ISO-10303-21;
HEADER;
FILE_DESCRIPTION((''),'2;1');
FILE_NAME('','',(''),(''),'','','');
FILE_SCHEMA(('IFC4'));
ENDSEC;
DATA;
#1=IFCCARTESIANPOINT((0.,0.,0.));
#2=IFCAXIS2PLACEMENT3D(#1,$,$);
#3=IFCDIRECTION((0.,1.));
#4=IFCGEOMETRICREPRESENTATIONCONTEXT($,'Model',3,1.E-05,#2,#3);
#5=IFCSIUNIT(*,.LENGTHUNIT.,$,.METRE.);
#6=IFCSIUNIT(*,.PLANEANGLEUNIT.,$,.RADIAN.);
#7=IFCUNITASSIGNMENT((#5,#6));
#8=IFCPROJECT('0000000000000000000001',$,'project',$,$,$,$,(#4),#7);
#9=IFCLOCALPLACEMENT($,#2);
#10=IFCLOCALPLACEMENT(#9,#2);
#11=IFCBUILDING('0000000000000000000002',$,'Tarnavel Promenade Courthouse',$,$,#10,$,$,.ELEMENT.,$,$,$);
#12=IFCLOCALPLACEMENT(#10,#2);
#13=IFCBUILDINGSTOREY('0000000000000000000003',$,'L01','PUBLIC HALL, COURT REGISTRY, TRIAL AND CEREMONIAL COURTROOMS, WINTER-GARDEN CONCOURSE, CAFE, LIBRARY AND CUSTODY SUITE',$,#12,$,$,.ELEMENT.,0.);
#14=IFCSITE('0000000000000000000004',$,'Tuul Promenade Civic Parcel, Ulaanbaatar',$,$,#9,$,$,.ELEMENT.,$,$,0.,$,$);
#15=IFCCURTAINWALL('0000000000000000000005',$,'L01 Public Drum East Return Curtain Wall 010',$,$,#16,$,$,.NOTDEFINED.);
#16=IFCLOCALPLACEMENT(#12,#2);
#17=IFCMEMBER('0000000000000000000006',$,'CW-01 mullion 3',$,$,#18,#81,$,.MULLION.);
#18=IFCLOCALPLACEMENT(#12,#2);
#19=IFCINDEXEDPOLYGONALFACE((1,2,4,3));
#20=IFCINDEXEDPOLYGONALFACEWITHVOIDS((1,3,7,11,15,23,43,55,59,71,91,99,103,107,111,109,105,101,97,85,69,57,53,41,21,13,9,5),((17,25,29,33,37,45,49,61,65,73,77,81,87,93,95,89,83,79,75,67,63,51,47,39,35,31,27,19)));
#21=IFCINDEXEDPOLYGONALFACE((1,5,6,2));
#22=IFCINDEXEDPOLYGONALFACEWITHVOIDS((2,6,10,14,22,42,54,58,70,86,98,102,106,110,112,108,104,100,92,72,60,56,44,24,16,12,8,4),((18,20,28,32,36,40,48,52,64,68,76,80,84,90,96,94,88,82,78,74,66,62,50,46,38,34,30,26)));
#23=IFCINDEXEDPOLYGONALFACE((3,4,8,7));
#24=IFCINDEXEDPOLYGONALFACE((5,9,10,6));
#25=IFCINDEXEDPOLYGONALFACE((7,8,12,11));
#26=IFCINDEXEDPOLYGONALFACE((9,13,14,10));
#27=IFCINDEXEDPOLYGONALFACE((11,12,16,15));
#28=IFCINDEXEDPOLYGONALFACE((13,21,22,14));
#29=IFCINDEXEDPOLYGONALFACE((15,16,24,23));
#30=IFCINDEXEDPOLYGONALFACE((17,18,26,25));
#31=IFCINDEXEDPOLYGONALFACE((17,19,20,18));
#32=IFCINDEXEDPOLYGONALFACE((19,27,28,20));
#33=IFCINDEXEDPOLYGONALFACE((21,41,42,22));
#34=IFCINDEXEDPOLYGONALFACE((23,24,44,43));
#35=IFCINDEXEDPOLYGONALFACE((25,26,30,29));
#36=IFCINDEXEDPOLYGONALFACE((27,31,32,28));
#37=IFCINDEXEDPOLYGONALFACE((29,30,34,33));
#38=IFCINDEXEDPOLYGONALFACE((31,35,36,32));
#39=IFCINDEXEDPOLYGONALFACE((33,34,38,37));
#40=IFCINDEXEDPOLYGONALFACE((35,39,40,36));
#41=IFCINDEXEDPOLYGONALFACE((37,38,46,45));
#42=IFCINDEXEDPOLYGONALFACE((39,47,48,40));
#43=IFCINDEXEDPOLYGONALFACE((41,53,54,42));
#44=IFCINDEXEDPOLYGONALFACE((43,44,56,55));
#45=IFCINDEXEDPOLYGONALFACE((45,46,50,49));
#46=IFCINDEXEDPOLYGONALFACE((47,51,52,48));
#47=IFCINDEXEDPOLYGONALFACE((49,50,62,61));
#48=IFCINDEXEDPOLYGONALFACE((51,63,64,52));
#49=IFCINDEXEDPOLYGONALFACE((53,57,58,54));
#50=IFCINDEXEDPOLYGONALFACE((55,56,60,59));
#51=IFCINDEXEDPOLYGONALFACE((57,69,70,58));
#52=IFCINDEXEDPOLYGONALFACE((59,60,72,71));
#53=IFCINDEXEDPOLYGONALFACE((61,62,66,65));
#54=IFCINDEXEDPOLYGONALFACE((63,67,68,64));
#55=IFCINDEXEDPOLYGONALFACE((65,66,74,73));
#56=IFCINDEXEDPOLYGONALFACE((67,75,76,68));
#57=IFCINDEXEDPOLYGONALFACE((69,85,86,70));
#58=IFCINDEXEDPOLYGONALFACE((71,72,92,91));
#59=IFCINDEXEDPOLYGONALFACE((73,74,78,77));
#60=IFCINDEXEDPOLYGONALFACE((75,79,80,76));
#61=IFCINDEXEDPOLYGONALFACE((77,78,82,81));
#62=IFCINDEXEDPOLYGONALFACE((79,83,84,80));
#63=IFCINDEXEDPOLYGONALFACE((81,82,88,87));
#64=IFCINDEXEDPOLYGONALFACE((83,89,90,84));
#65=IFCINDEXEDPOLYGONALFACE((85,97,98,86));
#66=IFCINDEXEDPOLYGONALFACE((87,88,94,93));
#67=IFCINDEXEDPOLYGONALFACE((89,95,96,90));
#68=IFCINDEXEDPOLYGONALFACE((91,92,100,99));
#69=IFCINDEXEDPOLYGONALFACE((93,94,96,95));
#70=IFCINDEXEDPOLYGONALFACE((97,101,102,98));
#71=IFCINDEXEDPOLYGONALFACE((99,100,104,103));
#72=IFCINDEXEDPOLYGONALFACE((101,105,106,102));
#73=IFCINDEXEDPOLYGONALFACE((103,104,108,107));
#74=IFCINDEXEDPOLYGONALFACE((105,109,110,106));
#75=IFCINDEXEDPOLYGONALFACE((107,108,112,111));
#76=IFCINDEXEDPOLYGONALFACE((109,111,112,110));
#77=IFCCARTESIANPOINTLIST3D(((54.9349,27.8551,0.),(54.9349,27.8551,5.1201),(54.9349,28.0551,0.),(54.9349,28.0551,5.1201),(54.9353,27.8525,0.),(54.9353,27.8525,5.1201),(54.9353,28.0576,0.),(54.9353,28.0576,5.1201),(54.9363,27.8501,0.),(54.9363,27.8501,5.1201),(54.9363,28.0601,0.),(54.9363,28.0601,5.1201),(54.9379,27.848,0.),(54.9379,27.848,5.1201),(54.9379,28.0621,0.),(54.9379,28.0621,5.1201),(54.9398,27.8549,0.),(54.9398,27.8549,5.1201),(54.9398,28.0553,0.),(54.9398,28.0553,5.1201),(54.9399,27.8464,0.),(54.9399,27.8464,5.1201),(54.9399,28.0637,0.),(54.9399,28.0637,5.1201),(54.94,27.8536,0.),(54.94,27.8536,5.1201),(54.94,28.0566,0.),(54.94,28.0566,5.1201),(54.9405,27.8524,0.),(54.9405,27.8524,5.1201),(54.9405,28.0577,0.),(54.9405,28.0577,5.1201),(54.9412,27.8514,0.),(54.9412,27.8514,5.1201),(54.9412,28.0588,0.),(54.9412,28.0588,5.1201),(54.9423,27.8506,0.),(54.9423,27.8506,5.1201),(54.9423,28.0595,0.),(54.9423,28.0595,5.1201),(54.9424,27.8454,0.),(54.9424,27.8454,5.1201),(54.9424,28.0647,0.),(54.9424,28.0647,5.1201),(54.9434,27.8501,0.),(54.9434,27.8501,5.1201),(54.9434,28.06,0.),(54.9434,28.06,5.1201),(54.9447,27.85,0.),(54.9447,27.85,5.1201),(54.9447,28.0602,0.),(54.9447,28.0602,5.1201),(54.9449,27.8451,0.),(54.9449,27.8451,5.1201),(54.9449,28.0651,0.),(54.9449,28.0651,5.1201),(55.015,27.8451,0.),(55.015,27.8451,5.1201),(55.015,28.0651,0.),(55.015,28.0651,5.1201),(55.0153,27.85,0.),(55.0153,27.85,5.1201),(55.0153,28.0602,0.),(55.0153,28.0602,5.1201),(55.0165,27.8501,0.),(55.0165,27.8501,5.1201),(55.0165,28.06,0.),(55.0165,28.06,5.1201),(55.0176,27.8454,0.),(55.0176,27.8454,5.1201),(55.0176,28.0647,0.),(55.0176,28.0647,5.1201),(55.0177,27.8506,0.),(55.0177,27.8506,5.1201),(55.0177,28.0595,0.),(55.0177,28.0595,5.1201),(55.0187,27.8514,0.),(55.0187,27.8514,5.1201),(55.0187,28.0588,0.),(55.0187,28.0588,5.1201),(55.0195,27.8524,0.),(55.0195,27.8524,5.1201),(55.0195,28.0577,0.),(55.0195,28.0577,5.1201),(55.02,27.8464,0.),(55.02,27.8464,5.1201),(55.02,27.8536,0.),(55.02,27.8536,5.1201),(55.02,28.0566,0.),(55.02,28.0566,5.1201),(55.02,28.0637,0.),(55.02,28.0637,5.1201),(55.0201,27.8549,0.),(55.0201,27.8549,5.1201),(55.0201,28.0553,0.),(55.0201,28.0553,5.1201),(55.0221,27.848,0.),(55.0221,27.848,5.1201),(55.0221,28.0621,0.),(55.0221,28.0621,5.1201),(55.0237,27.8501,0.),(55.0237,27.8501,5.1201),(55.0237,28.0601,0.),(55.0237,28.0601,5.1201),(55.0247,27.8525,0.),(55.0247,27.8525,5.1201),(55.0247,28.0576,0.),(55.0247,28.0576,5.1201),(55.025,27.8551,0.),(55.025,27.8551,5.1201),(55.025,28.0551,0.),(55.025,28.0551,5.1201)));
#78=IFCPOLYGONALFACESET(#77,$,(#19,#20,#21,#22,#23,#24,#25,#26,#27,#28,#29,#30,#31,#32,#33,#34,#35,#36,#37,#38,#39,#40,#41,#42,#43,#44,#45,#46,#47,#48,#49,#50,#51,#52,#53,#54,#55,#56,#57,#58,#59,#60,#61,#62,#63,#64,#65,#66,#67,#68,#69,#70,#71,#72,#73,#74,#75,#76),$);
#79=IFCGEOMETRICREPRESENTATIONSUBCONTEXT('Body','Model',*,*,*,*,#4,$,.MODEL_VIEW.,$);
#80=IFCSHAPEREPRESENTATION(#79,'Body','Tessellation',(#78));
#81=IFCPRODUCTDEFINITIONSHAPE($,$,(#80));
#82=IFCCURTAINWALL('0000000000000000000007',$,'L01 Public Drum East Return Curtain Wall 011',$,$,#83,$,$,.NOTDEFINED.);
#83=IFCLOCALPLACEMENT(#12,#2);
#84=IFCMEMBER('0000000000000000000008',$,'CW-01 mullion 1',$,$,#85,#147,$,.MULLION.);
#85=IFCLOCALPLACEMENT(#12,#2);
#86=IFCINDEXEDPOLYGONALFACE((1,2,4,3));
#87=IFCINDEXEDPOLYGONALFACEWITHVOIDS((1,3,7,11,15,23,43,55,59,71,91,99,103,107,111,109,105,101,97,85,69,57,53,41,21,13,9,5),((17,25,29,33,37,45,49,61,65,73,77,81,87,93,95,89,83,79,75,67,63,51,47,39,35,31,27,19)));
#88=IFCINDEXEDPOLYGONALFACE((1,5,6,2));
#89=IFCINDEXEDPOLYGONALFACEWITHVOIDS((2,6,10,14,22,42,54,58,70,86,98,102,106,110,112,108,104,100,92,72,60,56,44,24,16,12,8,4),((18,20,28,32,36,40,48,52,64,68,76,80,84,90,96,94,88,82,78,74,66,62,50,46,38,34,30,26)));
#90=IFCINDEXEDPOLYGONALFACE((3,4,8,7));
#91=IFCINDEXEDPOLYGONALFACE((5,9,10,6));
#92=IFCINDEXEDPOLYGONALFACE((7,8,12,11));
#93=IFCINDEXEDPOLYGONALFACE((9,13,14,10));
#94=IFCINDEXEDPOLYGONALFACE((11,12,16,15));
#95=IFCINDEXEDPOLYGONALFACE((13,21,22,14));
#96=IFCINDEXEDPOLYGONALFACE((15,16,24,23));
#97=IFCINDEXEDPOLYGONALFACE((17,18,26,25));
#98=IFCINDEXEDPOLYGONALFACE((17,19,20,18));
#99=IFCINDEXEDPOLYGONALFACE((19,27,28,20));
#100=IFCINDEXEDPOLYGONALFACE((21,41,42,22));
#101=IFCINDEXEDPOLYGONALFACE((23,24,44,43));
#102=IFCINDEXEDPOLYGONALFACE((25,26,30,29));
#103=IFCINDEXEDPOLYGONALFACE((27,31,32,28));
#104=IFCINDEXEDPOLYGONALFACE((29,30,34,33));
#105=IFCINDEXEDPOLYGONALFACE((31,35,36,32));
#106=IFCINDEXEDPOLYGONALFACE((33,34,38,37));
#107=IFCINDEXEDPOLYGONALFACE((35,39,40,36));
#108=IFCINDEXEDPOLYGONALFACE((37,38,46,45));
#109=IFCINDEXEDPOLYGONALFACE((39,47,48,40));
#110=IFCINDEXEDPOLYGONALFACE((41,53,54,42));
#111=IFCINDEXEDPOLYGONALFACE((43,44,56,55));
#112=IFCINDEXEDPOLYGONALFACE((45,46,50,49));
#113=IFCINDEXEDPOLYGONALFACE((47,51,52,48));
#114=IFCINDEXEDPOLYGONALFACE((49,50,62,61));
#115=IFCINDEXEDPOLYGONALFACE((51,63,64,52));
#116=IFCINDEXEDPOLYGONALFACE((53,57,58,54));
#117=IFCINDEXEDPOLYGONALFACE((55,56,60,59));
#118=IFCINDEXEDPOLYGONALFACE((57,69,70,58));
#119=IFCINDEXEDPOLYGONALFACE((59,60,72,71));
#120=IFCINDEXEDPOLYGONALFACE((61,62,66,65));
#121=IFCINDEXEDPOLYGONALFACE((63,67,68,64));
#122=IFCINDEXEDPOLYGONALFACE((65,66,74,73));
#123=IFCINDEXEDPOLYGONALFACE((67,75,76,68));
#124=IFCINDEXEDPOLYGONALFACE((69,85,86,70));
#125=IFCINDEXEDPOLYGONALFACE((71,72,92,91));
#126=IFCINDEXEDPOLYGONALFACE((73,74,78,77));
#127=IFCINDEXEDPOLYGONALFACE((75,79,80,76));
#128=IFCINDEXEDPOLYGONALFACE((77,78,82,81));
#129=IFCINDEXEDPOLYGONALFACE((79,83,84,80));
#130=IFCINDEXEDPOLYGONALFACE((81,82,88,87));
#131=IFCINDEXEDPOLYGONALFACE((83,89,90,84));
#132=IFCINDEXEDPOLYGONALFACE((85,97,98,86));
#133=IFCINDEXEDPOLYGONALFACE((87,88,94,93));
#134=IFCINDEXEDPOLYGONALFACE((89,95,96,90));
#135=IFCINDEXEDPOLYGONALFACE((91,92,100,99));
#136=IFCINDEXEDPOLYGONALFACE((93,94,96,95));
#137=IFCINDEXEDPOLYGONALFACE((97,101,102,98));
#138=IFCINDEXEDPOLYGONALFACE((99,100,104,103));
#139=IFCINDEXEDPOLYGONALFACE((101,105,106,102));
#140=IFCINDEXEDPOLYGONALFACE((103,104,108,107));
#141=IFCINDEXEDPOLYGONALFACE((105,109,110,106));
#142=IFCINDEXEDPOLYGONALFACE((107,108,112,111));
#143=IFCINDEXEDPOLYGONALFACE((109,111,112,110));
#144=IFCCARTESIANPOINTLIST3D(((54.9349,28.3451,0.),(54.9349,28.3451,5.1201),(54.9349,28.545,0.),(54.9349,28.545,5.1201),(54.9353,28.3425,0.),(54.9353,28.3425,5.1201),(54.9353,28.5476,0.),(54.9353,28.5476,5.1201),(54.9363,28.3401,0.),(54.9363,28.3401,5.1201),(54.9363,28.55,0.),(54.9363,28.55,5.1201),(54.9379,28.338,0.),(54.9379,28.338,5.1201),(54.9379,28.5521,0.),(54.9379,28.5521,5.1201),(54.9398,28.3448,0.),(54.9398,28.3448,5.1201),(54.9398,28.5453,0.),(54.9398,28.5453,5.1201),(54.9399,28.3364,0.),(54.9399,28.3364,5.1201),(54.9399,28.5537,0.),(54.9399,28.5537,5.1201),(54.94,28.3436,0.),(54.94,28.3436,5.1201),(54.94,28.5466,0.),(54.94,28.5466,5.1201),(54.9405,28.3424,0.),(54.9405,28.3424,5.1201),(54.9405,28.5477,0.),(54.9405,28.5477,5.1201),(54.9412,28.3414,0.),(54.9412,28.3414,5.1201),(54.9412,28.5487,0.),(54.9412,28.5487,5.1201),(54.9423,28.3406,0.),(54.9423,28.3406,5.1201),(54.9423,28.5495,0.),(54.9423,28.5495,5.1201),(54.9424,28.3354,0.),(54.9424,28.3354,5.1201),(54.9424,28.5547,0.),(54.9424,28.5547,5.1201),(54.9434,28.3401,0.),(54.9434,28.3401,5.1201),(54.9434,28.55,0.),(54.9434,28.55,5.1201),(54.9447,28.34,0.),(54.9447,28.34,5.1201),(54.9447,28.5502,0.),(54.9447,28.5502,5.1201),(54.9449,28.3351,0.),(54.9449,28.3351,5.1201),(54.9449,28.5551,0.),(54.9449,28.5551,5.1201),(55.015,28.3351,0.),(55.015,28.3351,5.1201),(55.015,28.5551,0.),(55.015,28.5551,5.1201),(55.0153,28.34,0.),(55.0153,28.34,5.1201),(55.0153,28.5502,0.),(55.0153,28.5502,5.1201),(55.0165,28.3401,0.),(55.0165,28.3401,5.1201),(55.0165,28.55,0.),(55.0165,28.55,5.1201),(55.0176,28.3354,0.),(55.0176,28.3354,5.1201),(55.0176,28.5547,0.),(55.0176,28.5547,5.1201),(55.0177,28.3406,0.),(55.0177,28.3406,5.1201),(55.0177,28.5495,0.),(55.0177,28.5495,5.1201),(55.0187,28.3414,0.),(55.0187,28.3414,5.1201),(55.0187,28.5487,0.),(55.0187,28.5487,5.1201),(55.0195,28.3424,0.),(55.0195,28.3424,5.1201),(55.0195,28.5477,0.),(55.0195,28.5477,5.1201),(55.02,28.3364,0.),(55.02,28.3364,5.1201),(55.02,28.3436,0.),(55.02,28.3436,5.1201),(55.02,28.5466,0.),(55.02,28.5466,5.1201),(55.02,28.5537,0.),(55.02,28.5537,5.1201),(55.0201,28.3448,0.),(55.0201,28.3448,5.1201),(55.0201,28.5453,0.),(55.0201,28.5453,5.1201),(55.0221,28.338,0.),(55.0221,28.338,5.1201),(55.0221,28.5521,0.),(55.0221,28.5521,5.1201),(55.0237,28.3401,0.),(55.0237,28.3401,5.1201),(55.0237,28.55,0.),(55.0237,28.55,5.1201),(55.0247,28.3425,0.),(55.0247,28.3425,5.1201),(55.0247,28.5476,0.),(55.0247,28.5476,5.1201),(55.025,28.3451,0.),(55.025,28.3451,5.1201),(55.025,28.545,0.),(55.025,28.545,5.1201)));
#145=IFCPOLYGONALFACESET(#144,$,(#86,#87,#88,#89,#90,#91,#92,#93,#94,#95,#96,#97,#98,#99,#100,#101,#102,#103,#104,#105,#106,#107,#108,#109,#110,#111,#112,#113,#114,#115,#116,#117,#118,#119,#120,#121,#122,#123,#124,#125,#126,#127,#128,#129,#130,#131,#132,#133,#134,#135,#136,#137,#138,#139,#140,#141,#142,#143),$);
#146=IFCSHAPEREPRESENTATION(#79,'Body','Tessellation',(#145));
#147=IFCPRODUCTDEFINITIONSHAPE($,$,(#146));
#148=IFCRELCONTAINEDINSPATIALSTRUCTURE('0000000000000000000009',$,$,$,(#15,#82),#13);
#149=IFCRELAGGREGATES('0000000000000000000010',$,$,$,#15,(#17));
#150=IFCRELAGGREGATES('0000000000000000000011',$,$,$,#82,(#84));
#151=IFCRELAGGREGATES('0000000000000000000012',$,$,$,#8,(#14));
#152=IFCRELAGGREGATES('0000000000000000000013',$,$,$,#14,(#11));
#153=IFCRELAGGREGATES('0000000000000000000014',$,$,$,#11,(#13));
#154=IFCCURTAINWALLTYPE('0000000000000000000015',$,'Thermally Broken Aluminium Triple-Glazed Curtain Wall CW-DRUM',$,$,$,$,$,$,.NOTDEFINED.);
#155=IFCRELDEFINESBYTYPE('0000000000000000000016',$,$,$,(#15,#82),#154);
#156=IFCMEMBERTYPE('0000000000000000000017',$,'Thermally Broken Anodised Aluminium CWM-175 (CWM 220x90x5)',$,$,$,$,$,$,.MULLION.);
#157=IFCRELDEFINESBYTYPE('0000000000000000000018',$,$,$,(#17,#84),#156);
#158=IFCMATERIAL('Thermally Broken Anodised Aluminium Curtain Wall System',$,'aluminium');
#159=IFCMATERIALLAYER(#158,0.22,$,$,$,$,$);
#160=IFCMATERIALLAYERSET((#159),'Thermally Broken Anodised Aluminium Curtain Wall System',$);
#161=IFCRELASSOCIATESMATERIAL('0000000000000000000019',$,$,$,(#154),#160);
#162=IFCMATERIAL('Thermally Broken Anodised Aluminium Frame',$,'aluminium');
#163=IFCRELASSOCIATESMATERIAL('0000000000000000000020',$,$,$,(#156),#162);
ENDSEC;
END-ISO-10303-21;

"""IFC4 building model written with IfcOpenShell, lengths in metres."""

from ifc_helpers import new_model, si_unit, direction, frame, origin, origin_2d, place, context, subcontext, project, spatial, hollow_rectangle, extrude, material, layer, layer_set, material_profile, profile_set, type_object, element, aggregate, save


model = new_model("IFC4")

# Units and contexts
model_context = context("Model", 3, precision=1e-05, world=origin(), true_north=direction((0.0, 1.0)))
body_context = subcontext(model_context, "Body", "Model", "MODEL_VIEW")
ifc_project = project(units=[si_unit("LENGTHUNIT", "METRE"), si_unit("PLANEANGLEUNIT", "RADIAN")], contexts=[model_context])

# Site, building, storey
site_placement = place(None, origin())
site = spatial("IfcSite", under=ifc_project, at=site_placement, Name="Tuul Promenade Civic Parcel, Ulaanbaatar", CompositionType="ELEMENT", RefElevation=0.0)
building_placement = place(site_placement, origin())
building = spatial("IfcBuilding", under=site, at=building_placement, Name="Tarnavel Promenade Courthouse", CompositionType="ELEMENT")
storey_placement = place(building_placement, origin())
storey = spatial("IfcBuildingStorey", under=building, at=storey_placement, Name="L01", Description="PUBLIC HALL, COURT REGISTRY, TRIAL AND CEREMONIAL COURTROOMS, WINTER-GARDEN CONCOURSE, CAFE, LIBRARY AND CUSTODY SUITE", CompositionType="ELEMENT", Elevation=0.0)

# Curtain walls, members
ifc_material_1 = material(Name="Thermally Broken Anodised Aluminium Curtain Wall System", Category="aluminium")
ifc_layer_1 = layer(ifc_material_1, 0.22)
ifc_layer_set_1 = layer_set([ifc_layer_1], Name="Thermally Broken Anodised Aluminium Curtain Wall System")
curtain_wall_type_1 = type_object("IfcCurtainWallType", Name="Thermally Broken Aluminium Triple-Glazed Curtain Wall CW-DRUM", PredefinedType="NOTDEFINED", material=ifc_layer_set_1)
curtain_wall_1_placement = place(storey_placement, origin())
curtain_wall_1 = element("IfcCurtainWall", 1, at=curtain_wall_1_placement, inside=storey, type_object=curtain_wall_type_1, Name="L01 Public Drum East Return Curtain Wall 010", PredefinedType="NOTDEFINED")
ifc_material_2 = material(Name="Thermally Broken Anodised Aluminium Frame", Category="aluminium")
ifc_material_profile_1 = material_profile(ifc_material_2, hollow_rectangle(XDim=0.0901, YDim=0.22, WallThickness=0.0049, InnerFilletRadius=0.0049, OuterFilletRadius=0.01, at=origin_2d()), Name="CWM 220x90x5")
ifc_profile_set_1 = profile_set([ifc_material_profile_1], Name="Thermally Broken Anodised Aluminium Frame")
member_type_1 = type_object("IfcMemberType", Name="Thermally Broken Anodised Aluminium CWM-175 (CWM 220x90x5)", PredefinedType="MULLION", material=ifc_profile_set_1)
member_1_placement = place(storey_placement, frame((54.98, 27.9551, 0.0), z_axis=(0.0, 0.0, 1.0), x_axis=(-1.0, 0.0, 0.0)))
member_1 = element("IfcMember", 2, at=member_1_placement, type_object=member_type_1, Name="CW-01 mullion 3", PredefinedType="MULLION", context=body_context, shape_type="SweptSolid", body=[
    extrude(hollow_rectangle(XDim=0.0901, YDim=0.22, WallThickness=0.0049, InnerFilletRadius=0.0049, OuterFilletRadius=0.01, at=origin_2d()), origin(), (0.0, 0.0, 1.0), 5.1201),
])
curtain_wall_2_placement = place(storey_placement, origin())
curtain_wall_2 = element("IfcCurtainWall", 3, at=curtain_wall_2_placement, inside=storey, type_object=curtain_wall_type_1, Name="L01 Public Drum East Return Curtain Wall 011", PredefinedType="NOTDEFINED")
member_2_placement = place(storey_placement, frame((54.98, 28.4451, 0.0), z_axis=(0.0, 0.0, 1.0), x_axis=(-1.0, 0.0, 0.0)))
member_2 = element("IfcMember", 4, at=member_2_placement, type_object=member_type_1, Name="CW-01 mullion 1", PredefinedType="MULLION", context=body_context, shape_type="SweptSolid", body=[
    extrude(hollow_rectangle(XDim=0.0901, YDim=0.22, WallThickness=0.0049, InnerFilletRadius=0.0049, OuterFilletRadius=0.01, at=origin_2d()), origin(), (0.0, 0.0, 1.0), 5.1201),
])

aggregate(curtain_wall_1, [member_1])
aggregate(curtain_wall_2, [member_2])

save(model, "model.ifc")
